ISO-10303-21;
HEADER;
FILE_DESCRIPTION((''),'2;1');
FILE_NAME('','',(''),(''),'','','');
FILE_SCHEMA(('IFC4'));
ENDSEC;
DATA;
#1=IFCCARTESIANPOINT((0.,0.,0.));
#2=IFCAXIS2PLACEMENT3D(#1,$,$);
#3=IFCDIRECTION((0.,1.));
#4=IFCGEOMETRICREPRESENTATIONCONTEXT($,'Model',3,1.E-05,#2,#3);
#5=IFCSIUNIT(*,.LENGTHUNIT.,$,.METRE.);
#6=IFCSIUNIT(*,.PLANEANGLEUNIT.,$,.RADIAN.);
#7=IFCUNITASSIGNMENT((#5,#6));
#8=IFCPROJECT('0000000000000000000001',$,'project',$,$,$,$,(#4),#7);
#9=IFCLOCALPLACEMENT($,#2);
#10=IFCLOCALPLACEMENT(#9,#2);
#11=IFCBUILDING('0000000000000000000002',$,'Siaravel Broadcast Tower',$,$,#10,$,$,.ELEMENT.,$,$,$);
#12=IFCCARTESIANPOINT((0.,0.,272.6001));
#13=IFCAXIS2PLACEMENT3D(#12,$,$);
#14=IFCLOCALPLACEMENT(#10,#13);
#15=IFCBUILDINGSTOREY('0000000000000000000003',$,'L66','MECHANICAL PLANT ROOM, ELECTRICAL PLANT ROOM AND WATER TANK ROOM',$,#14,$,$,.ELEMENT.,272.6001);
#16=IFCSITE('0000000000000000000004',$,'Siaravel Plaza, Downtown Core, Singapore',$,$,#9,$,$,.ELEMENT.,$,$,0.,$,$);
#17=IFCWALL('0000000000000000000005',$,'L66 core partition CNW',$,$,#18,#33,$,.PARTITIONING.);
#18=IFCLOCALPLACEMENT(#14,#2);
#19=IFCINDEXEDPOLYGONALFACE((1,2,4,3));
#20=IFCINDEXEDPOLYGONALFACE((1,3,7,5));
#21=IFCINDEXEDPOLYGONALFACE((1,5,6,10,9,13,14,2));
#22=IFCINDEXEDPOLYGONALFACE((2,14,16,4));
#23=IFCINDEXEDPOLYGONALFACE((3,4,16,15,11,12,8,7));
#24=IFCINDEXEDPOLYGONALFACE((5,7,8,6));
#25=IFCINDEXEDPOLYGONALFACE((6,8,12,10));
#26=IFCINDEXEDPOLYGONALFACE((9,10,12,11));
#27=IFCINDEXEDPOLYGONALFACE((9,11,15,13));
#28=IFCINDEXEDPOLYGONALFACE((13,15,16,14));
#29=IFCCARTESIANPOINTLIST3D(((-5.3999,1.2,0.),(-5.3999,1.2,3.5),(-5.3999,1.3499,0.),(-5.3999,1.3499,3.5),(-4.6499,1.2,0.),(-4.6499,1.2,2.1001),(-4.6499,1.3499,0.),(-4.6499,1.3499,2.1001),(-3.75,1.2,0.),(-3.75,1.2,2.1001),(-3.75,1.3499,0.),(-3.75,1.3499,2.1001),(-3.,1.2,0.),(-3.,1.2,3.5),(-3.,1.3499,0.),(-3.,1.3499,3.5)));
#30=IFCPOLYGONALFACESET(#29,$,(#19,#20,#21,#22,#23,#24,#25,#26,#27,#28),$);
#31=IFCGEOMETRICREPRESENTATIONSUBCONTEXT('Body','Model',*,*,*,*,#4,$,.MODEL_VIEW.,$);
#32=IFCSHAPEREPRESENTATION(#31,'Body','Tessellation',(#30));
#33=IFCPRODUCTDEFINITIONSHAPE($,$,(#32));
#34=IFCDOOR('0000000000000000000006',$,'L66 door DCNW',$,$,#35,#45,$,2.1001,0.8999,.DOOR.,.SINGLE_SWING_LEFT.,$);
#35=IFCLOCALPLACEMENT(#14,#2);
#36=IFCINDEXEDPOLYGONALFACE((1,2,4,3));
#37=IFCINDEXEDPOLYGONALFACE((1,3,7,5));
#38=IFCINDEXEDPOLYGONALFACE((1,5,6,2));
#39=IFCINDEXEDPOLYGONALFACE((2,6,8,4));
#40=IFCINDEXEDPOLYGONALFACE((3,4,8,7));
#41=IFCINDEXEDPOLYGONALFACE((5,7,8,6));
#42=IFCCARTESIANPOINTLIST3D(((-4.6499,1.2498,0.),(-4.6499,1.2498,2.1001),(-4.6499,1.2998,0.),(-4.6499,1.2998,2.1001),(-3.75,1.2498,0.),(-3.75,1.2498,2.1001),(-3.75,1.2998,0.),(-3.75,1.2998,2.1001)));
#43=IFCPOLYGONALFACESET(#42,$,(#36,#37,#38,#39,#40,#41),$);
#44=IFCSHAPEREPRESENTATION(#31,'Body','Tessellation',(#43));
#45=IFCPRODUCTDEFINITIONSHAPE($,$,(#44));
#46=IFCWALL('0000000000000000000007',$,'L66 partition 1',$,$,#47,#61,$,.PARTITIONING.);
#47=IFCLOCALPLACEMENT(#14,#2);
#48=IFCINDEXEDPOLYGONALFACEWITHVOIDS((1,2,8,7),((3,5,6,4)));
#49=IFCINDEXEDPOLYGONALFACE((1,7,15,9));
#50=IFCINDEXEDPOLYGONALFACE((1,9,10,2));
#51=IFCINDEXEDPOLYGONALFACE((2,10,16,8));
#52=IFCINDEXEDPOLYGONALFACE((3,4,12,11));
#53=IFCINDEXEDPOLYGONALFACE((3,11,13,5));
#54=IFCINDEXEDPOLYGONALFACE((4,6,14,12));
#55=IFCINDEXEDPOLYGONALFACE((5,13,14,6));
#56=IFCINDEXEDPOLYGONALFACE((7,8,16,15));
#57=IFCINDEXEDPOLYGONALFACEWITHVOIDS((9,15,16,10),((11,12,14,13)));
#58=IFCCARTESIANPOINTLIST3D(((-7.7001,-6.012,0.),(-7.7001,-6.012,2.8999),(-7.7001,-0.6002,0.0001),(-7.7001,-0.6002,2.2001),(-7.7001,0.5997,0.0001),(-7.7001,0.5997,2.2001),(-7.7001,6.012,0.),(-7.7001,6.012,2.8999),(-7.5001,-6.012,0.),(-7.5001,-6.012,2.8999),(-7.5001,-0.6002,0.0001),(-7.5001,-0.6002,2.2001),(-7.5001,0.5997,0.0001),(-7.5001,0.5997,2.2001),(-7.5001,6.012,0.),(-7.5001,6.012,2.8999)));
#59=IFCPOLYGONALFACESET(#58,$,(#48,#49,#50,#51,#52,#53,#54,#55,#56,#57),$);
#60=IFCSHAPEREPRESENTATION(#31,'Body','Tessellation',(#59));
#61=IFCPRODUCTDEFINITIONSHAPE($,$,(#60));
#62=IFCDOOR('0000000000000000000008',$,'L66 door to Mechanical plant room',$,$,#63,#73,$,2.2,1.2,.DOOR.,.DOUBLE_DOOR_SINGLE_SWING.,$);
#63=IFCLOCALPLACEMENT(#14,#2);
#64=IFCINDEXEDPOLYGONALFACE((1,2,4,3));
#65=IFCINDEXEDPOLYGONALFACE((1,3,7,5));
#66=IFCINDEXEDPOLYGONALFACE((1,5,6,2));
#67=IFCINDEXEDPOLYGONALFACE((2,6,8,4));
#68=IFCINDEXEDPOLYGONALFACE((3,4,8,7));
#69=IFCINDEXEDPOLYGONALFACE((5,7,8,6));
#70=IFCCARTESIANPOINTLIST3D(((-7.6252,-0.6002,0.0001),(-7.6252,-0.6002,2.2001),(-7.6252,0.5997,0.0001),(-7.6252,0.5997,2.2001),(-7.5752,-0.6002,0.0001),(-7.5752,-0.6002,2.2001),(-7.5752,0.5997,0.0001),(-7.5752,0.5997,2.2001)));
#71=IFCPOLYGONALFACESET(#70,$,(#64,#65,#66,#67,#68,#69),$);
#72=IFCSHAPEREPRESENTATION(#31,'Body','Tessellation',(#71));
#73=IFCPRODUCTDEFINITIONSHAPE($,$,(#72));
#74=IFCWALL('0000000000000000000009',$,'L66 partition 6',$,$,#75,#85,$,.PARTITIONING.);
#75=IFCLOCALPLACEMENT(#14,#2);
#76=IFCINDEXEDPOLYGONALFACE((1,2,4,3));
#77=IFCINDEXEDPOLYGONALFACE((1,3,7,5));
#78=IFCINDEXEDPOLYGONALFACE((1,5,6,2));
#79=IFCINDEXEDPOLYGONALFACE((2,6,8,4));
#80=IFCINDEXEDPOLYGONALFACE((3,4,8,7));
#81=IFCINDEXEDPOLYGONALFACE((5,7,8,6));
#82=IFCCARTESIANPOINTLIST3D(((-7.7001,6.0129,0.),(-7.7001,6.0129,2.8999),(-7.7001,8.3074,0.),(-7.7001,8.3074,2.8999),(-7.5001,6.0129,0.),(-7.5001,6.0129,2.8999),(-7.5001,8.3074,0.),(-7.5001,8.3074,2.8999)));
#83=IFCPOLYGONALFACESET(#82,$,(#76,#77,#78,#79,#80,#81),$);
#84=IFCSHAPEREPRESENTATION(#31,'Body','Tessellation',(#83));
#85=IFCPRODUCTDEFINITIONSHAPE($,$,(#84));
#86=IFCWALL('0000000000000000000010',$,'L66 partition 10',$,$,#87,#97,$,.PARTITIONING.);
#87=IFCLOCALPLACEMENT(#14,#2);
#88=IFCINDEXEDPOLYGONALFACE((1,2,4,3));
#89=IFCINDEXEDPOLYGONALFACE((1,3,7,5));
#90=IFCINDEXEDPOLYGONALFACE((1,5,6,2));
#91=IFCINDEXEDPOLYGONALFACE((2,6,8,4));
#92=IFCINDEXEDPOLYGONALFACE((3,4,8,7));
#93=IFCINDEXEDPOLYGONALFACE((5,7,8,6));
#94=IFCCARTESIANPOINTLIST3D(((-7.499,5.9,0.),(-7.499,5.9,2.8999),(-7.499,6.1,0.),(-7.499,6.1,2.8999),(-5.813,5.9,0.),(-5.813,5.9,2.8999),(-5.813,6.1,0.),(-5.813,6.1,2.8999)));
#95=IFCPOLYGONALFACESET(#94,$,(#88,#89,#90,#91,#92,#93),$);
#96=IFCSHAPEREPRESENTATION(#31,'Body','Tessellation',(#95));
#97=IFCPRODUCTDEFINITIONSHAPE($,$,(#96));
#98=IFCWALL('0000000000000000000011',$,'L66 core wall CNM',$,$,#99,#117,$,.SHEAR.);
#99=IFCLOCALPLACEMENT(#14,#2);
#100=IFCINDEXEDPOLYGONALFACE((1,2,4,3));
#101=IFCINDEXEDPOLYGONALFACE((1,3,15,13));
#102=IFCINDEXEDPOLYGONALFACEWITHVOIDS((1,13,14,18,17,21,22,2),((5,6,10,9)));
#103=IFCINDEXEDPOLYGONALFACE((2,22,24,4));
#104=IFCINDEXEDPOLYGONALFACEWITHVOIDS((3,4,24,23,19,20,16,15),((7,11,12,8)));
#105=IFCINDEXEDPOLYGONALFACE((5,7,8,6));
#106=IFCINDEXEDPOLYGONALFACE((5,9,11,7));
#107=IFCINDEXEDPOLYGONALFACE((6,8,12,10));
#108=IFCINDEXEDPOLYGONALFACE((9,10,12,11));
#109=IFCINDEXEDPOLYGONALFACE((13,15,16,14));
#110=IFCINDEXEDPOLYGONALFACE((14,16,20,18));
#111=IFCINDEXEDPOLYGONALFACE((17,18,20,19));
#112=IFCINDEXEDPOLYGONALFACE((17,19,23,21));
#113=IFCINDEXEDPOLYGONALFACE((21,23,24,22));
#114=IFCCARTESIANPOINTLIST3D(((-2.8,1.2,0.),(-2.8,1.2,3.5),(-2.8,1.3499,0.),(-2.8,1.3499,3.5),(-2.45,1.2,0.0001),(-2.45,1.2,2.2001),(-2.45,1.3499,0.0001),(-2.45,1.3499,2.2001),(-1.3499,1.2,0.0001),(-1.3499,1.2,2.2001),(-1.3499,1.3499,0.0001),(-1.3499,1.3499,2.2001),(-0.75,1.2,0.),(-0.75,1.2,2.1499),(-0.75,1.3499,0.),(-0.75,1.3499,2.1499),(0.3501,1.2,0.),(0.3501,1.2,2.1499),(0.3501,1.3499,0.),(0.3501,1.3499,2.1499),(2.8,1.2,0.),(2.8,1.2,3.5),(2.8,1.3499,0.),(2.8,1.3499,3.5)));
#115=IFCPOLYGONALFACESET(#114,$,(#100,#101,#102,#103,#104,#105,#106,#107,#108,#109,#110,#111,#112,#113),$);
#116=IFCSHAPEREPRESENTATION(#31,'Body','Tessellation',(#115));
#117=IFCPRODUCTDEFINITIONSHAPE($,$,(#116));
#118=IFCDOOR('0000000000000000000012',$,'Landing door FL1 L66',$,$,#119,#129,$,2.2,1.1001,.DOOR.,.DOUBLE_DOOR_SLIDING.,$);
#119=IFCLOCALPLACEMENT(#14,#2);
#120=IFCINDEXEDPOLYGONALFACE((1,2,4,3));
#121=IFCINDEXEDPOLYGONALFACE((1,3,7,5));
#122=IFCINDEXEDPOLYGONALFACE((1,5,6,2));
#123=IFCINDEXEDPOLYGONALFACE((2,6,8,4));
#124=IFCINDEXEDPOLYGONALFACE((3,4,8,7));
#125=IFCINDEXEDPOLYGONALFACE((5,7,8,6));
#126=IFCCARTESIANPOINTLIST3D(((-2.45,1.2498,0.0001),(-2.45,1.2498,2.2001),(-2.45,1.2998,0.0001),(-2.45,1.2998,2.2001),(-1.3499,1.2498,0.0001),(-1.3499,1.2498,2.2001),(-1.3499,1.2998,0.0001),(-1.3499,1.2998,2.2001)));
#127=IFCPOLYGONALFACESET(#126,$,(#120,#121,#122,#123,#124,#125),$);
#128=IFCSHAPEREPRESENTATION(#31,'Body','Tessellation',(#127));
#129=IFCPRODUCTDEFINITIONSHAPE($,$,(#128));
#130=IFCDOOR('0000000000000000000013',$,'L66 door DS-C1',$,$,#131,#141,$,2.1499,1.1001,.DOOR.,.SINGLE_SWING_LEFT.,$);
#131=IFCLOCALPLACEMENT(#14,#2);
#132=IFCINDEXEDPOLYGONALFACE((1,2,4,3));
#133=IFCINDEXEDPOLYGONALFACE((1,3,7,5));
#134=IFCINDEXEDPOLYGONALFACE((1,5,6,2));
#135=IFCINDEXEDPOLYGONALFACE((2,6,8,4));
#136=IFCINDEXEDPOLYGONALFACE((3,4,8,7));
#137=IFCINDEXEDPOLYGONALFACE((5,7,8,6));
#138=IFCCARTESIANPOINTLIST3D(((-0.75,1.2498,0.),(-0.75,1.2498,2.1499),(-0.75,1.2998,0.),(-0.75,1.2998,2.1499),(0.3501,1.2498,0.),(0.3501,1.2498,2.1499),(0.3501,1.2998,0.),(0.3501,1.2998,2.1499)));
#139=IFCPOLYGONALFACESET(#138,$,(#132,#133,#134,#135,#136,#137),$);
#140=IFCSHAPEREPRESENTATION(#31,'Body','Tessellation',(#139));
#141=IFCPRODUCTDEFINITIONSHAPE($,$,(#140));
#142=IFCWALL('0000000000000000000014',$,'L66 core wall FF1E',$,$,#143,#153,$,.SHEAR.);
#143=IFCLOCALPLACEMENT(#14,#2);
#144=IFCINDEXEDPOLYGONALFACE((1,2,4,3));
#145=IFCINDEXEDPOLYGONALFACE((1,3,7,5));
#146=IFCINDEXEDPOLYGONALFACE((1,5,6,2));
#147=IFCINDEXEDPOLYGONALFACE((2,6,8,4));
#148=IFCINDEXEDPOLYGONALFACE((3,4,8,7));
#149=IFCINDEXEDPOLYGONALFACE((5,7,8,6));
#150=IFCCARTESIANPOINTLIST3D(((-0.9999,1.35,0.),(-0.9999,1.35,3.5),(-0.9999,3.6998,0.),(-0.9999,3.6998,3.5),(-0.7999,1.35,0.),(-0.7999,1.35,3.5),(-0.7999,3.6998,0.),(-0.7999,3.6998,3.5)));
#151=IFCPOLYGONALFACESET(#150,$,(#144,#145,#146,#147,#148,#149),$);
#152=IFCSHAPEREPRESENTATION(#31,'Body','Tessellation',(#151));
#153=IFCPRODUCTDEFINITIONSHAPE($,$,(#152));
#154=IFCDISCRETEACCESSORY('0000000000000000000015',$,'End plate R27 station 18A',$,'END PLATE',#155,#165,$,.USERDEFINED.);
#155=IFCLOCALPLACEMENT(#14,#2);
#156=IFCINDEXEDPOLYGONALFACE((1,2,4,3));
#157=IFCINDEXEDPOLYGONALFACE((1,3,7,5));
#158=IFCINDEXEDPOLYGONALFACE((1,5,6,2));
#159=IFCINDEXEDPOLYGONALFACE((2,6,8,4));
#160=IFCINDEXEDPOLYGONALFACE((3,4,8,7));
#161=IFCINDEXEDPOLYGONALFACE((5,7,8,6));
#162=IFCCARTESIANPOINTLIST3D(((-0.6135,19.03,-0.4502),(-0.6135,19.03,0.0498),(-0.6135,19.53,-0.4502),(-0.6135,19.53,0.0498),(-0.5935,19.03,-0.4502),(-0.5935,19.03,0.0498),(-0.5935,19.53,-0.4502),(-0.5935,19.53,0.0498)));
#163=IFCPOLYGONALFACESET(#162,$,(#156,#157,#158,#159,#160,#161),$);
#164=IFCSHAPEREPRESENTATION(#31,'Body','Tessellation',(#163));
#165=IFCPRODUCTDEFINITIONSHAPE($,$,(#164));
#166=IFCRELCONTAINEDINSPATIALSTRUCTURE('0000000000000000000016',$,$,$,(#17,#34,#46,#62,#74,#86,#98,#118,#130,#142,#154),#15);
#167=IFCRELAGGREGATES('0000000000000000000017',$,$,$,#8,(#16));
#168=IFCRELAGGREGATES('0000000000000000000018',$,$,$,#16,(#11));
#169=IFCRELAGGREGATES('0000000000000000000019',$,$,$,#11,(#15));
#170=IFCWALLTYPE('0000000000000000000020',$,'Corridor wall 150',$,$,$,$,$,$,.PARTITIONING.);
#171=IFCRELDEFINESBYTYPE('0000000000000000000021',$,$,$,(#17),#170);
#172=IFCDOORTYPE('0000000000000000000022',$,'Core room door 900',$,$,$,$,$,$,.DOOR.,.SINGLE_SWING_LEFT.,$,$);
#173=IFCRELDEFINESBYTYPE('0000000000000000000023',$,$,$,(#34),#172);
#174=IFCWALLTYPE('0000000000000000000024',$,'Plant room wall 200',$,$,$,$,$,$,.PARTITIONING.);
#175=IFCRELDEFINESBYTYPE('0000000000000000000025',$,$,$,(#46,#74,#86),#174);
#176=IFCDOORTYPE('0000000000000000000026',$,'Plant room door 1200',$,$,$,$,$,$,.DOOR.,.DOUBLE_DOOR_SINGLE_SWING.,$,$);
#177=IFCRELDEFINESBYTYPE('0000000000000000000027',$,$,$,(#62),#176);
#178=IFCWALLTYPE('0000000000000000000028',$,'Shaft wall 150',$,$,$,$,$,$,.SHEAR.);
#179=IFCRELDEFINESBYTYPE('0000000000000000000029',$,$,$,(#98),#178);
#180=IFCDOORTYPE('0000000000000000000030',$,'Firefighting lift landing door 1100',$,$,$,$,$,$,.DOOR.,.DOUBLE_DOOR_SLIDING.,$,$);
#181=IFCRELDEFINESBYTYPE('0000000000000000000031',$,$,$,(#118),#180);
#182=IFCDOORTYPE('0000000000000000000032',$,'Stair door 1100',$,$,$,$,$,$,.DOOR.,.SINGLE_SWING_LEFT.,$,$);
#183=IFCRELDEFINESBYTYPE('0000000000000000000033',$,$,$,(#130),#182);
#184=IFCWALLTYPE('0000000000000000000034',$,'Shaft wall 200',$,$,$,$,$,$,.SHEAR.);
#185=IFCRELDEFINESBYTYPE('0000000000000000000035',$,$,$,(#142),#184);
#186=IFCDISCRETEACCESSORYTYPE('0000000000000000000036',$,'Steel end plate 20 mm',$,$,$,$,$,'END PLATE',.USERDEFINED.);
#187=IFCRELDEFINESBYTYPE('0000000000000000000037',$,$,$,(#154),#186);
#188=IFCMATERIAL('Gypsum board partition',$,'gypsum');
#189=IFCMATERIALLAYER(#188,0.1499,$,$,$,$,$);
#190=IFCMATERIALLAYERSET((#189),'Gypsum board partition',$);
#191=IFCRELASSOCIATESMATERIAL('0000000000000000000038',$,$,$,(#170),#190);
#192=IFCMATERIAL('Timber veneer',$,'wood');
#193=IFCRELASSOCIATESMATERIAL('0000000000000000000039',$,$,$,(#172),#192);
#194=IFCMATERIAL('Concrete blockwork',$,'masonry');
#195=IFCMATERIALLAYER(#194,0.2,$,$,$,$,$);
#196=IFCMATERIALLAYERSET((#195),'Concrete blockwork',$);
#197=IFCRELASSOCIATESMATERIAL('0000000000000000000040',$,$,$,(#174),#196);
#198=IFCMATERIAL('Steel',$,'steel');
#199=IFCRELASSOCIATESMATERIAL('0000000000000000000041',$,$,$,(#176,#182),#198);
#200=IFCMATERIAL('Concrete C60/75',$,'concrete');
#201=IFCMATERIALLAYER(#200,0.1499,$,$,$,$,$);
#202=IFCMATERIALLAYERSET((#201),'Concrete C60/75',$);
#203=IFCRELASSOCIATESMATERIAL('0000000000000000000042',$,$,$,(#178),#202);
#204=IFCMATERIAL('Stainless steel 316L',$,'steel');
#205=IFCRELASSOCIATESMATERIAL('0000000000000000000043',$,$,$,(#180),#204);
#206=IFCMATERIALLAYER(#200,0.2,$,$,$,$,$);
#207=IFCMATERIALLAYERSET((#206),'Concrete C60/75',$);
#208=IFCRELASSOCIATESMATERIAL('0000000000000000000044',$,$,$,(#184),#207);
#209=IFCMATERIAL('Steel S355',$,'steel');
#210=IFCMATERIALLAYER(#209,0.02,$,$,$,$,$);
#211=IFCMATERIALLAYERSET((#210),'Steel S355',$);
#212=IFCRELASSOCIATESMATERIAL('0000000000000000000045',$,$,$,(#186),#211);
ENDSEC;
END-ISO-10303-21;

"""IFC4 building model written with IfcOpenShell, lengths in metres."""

from ifc_helpers import new_model, si_unit, direction, frame, frame_2d, origin, origin_2d, place, context, subcontext, project, spatial, rectangle, extrude, material, layer, layer_set, type_object, element, fill, save


model = new_model("IFC4")

# Units and contexts
model_context = context("Model", 3, precision=1e-05, world=origin(), true_north=direction((0.0, 1.0)))
body_context = subcontext(model_context, "Body", "Model", "MODEL_VIEW")
ifc_project = project(units=[si_unit("LENGTHUNIT", "METRE"), si_unit("PLANEANGLEUNIT", "RADIAN")], contexts=[model_context])

# Site, building, storey
site_placement = place(None, origin())
site = spatial("IfcSite", under=ifc_project, at=site_placement, Name="Siaravel Plaza, Downtown Core, Singapore", CompositionType="ELEMENT", RefElevation=0.0)
building_placement = place(site_placement, origin())
building = spatial("IfcBuilding", under=site, at=building_placement, Name="Siaravel Broadcast Tower", CompositionType="ELEMENT")
storey_placement = place(building_placement, frame((0.0, 0.0, 272.6001)))
storey = spatial("IfcBuildingStorey", under=building, at=storey_placement, Name="L66", Description="MECHANICAL PLANT ROOM, ELECTRICAL PLANT ROOM AND WATER TANK ROOM", CompositionType="ELEMENT", Elevation=272.6001)

# Shared definitions
ifc_material_1 = material(Name="Concrete C60/75", Category="concrete")

# Walls, openings, doors
ifc_material_2 = material(Name="Gypsum board partition", Category="gypsum")
ifc_layer_1 = layer(ifc_material_2, 0.1499)
ifc_layer_set_1 = layer_set([ifc_layer_1], Name="Gypsum board partition")
wall_type_1 = type_object("IfcWallType", Name="Corridor wall 150", PredefinedType="PARTITIONING", material=ifc_layer_set_1)
wall_1_placement = place(storey_placement, frame((-5.3999, 1.2749, 0.0), z_axis=(0.0, 0.0, 1.0), x_axis=(1.0, 0.0, 0.0)))
wall_1 = element("IfcWall", 1, at=wall_1_placement, inside=storey, type_object=wall_type_1, Name="L66 core partition CNW", PredefinedType="PARTITIONING", context=body_context, shape_type="SweptSolid", body=[
    extrude(rectangle(XDim=2.3999, YDim=0.1499, at=frame_2d((1.2, 0.0))), origin(), (0.0, 0.0, 1.0), 3.5),
])
opening_1_placement = place(wall_1_placement, frame((0.75, 0.0, 0.0)))
opening_1 = element("IfcOpeningElement", 2, at=opening_1_placement, cuts=wall_1, PredefinedType="OPENING", context=body_context, shape_type="SweptSolid", body=[
    extrude(rectangle(XDim=0.8999, YDim=2.1001, at=frame_2d((0.45, 1.05))), frame((0.0, 0.085, 0.0), z_axis=(0.0, -1.0, 0.0), x_axis=(1.0, 0.0, 0.0)), (0.0, 0.0, 1.0), 0.1699),
])
ifc_material_3 = material(Name="Timber veneer", Category="wood")
door_type_1 = type_object("IfcDoorType", Name="Core room door 900", OperationType="SINGLE_SWING_LEFT", PredefinedType="DOOR", material=ifc_material_3)
door_1_placement = place(opening_1_placement, origin())
door_1 = element("IfcDoor", 3, at=door_1_placement, inside=storey, type_object=door_type_1, Name="L66 door DCNW", OperationType="SINGLE_SWING_LEFT", OverallHeight=2.1001, OverallWidth=0.8999, PredefinedType="DOOR", context=body_context, shape_type="SweptSolid", body=[
    extrude(rectangle(XDim=0.8999, YDim=2.1001, at=frame_2d((0.45, 1.05))), frame((0.0, 0.0249, 0.0), z_axis=(0.0, -1.0, 0.0), x_axis=(1.0, 0.0, 0.0)), (0.0, 0.0, 1.0), 0.05),
])
fill(opening_1, door_1)
ifc_material_4 = material(Name="Concrete blockwork", Category="masonry")
ifc_layer_2 = layer(ifc_material_4, 0.2)
ifc_layer_set_2 = layer_set([ifc_layer_2], Name="Concrete blockwork")
wall_type_2 = type_object("IfcWallType", Name="Plant room wall 200", PredefinedType="PARTITIONING", material=ifc_layer_set_2)
wall_2_placement = place(storey_placement, frame((-7.6001, 6.012, 0.0), z_axis=(0.0, 0.0, 1.0), x_axis=(0.0, -1.0, 0.0)))
wall_2 = element("IfcWall", 4, at=wall_2_placement, inside=storey, type_object=wall_type_2, Name="L66 partition 1", PredefinedType="PARTITIONING", context=body_context, shape_type="SweptSolid", body=[
    extrude(rectangle(XDim=12.0239, YDim=0.2, at=frame_2d((6.012, 0.0))), origin(), (0.0, 0.0, 1.0), 2.8999),
])
opening_2_placement = place(wall_2_placement, frame((5.4121, 0.0, 0.0)))
opening_2 = element("IfcOpeningElement", 5, at=opening_2_placement, cuts=wall_2, PredefinedType="OPENING", context=body_context, shape_type="SweptSolid", body=[
    extrude(rectangle(XDim=1.2, YDim=2.2, at=frame_2d((0.6001, 1.1001))), frame((0.0, 0.1099, 0.0), z_axis=(0.0, -1.0, 0.0), x_axis=(1.0, 0.0, 0.0)), (0.0, 0.0, 1.0), 0.22),
])
ifc_material_5 = material(Name="Steel", Category="steel")
door_type_2 = type_object("IfcDoorType", Name="Plant room door 1200", OperationType="DOUBLE_DOOR_SINGLE_SWING", PredefinedType="DOOR", material=ifc_material_5)
door_2_placement = place(opening_2_placement, origin())
door_2 = element("IfcDoor", 6, at=door_2_placement, inside=storey, type_object=door_type_2, Name="L66 door to Mechanical plant room", OperationType="DOUBLE_DOOR_SINGLE_SWING", OverallHeight=2.2, OverallWidth=1.2, PredefinedType="DOOR", context=body_context, shape_type="SweptSolid", body=[
    extrude(rectangle(XDim=1.2, YDim=2.2, at=frame_2d((0.6001, 1.1001))), frame((0.0, 0.0249, 0.0), z_axis=(0.0, -1.0, 0.0), x_axis=(1.0, 0.0, 0.0)), (0.0, 0.0, 1.0), 0.05),
])
fill(opening_2, door_2)

# Walls
wall_3_placement = place(storey_placement, frame((-7.6001, 6.0129, 0.0), z_axis=(0.0, 0.0, 1.0), x_axis=(0.0, 1.0, 0.0)))
element("IfcWall", 7, at=wall_3_placement, inside=storey, type_object=wall_type_2, Name="L66 partition 6", PredefinedType="PARTITIONING", context=body_context, shape_type="SweptSolid", body=[
    extrude(rectangle(XDim=2.2944, YDim=0.2, at=frame_2d((1.1472, 0.0))), origin(), (0.0, 0.0, 1.0), 2.8999),
])
wall_4_placement = place(storey_placement, frame((-5.813, 6.0, 0.0), z_axis=(0.0, 0.0, 1.0), x_axis=(-1.0, 0.0, 0.0)))
element("IfcWall", 8, at=wall_4_placement, inside=storey, type_object=wall_type_2, Name="L66 partition 10", PredefinedType="PARTITIONING", context=body_context, shape_type="SweptSolid", body=[
    extrude(rectangle(XDim=1.686, YDim=0.2, at=frame_2d((0.843, 0.0))), origin(), (0.0, 0.0, 1.0), 2.8999),
])

# Wall, openings, doors
ifc_layer_3 = layer(ifc_material_1, 0.1499)
ifc_layer_set_3 = layer_set([ifc_layer_3], Name="Concrete C60/75")
wall_type_3 = type_object("IfcWallType", Name="Shaft wall 150", PredefinedType="SHEAR", material=ifc_layer_set_3)
wall_5_placement = place(storey_placement, frame((-2.8, 1.2749, 0.0), z_axis=(0.0, 0.0, 1.0), x_axis=(1.0, 0.0, 0.0)))
wall_5 = element("IfcWall", 9, at=wall_5_placement, inside=storey, type_object=wall_type_3, Name="L66 core wall CNM", PredefinedType="SHEAR", context=body_context, shape_type="SweptSolid", body=[
    extrude(rectangle(XDim=5.6001, YDim=0.1499, at=frame_2d((2.8, 0.0))), origin(), (0.0, 0.0, 1.0), 3.5),
])
opening_3_placement = place(wall_5_placement, frame((0.3501, 0.0, 0.0)))
opening_3 = element("IfcOpeningElement", 10, at=opening_3_placement, cuts=wall_5, PredefinedType="OPENING", context=body_context, shape_type="SweptSolid", body=[
    extrude(rectangle(XDim=1.1001, YDim=2.2, at=frame_2d((0.55, 1.1001))), frame((0.0, 0.085, 0.0), z_axis=(0.0, -1.0, 0.0), x_axis=(1.0, 0.0, 0.0)), (0.0, 0.0, 1.0), 0.1699),
])
opening_4_placement = place(wall_5_placement, frame((2.05, 0.0, 0.0)))
opening_4 = element("IfcOpeningElement", 11, at=opening_4_placement, cuts=wall_5, PredefinedType="OPENING", context=body_context, shape_type="SweptSolid", body=[
    extrude(rectangle(XDim=1.1001, YDim=2.1499, at=frame_2d((0.55, 1.075))), frame((0.0, 0.085, 0.0), z_axis=(0.0, -1.0, 0.0), x_axis=(1.0, 0.0, 0.0)), (0.0, 0.0, 1.0), 0.1699),
])
ifc_material_6 = material(Name="Stainless steel 316L", Category="steel")
door_type_3 = type_object("IfcDoorType", Name="Firefighting lift landing door 1100", OperationType="DOUBLE_DOOR_SLIDING", PredefinedType="DOOR", material=ifc_material_6)
door_3_placement = place(opening_3_placement, origin())
door_3 = element("IfcDoor", 12, at=door_3_placement, inside=storey, type_object=door_type_3, Name="Landing door FL1 L66", OperationType="DOUBLE_DOOR_SLIDING", OverallHeight=2.2, OverallWidth=1.1001, PredefinedType="DOOR", context=body_context, shape_type="SweptSolid", body=[
    extrude(rectangle(XDim=1.1001, YDim=2.2, at=frame_2d((0.55, 1.1001))), frame((0.0, 0.0249, 0.0), z_axis=(0.0, -1.0, 0.0), x_axis=(1.0, 0.0, 0.0)), (0.0, 0.0, 1.0), 0.05),
])
fill(opening_3, door_3)
door_type_4 = type_object("IfcDoorType", Name="Stair door 1100", OperationType="SINGLE_SWING_LEFT", PredefinedType="DOOR", material=ifc_material_5)
door_4_placement = place(opening_4_placement, origin())
door_4 = element("IfcDoor", 13, at=door_4_placement, inside=storey, type_object=door_type_4, Name="L66 door DS-C1", OperationType="SINGLE_SWING_LEFT", OverallHeight=2.1499, OverallWidth=1.1001, PredefinedType="DOOR", context=body_context, shape_type="SweptSolid", body=[
    extrude(rectangle(XDim=1.1001, YDim=2.1499, at=frame_2d((0.55, 1.075))), frame((0.0, 0.0249, 0.0), z_axis=(0.0, -1.0, 0.0), x_axis=(1.0, 0.0, 0.0)), (0.0, 0.0, 1.0), 0.05),
])
fill(opening_4, door_4)

# Wall
ifc_layer_4 = layer(ifc_material_1, 0.2)
ifc_layer_set_4 = layer_set([ifc_layer_4], Name="Concrete C60/75")
wall_type_4 = type_object("IfcWallType", Name="Shaft wall 200", PredefinedType="SHEAR", material=ifc_layer_set_4)
wall_6_placement = place(storey_placement, frame((-0.8999, 1.3501, 0.0), z_axis=(0.0, 0.0, 1.0), x_axis=(0.0, 1.0, 0.0)))
element("IfcWall", 14, at=wall_6_placement, inside=storey, type_object=wall_type_4, Name="L66 core wall FF1E", PredefinedType="SHEAR", context=body_context, shape_type="SweptSolid", body=[
    extrude(rectangle(XDim=2.3499, YDim=0.2, at=frame_2d((1.1748, 0.0))), origin(), (0.0, 0.0, 1.0), 3.5),
])

# Discrete accessory
ifc_material_7 = material(Name="Steel S355", Category="steel")
ifc_layer_5 = layer(ifc_material_7, 0.02)
ifc_layer_set_5 = layer_set([ifc_layer_5], Name="Steel S355")
discrete_accessory_type = type_object("IfcDiscreteAccessoryType", Name="Steel end plate 20 mm", ElementType="END PLATE", PredefinedType="USERDEFINED", material=ifc_layer_set_5)
discrete_accessory_placement = place(storey_placement, frame((-0.6035, 19.28, -0.4502), z_axis=(0.0, 0.0, 1.0), x_axis=(-1.0, 0.0, 0.0)))
element("IfcDiscreteAccessory", 15, at=discrete_accessory_placement, inside=storey, type_object=discrete_accessory_type, Name="End plate R27 station 18A", ObjectType="END PLATE", PredefinedType="USERDEFINED", context=body_context, shape_type="SweptSolid", body=[
    extrude(rectangle(XDim=0.02, YDim=0.5, at=origin_2d()), origin(), (0.0, 0.0, 1.0), 0.5),
])

save(model, "model.ifc")
